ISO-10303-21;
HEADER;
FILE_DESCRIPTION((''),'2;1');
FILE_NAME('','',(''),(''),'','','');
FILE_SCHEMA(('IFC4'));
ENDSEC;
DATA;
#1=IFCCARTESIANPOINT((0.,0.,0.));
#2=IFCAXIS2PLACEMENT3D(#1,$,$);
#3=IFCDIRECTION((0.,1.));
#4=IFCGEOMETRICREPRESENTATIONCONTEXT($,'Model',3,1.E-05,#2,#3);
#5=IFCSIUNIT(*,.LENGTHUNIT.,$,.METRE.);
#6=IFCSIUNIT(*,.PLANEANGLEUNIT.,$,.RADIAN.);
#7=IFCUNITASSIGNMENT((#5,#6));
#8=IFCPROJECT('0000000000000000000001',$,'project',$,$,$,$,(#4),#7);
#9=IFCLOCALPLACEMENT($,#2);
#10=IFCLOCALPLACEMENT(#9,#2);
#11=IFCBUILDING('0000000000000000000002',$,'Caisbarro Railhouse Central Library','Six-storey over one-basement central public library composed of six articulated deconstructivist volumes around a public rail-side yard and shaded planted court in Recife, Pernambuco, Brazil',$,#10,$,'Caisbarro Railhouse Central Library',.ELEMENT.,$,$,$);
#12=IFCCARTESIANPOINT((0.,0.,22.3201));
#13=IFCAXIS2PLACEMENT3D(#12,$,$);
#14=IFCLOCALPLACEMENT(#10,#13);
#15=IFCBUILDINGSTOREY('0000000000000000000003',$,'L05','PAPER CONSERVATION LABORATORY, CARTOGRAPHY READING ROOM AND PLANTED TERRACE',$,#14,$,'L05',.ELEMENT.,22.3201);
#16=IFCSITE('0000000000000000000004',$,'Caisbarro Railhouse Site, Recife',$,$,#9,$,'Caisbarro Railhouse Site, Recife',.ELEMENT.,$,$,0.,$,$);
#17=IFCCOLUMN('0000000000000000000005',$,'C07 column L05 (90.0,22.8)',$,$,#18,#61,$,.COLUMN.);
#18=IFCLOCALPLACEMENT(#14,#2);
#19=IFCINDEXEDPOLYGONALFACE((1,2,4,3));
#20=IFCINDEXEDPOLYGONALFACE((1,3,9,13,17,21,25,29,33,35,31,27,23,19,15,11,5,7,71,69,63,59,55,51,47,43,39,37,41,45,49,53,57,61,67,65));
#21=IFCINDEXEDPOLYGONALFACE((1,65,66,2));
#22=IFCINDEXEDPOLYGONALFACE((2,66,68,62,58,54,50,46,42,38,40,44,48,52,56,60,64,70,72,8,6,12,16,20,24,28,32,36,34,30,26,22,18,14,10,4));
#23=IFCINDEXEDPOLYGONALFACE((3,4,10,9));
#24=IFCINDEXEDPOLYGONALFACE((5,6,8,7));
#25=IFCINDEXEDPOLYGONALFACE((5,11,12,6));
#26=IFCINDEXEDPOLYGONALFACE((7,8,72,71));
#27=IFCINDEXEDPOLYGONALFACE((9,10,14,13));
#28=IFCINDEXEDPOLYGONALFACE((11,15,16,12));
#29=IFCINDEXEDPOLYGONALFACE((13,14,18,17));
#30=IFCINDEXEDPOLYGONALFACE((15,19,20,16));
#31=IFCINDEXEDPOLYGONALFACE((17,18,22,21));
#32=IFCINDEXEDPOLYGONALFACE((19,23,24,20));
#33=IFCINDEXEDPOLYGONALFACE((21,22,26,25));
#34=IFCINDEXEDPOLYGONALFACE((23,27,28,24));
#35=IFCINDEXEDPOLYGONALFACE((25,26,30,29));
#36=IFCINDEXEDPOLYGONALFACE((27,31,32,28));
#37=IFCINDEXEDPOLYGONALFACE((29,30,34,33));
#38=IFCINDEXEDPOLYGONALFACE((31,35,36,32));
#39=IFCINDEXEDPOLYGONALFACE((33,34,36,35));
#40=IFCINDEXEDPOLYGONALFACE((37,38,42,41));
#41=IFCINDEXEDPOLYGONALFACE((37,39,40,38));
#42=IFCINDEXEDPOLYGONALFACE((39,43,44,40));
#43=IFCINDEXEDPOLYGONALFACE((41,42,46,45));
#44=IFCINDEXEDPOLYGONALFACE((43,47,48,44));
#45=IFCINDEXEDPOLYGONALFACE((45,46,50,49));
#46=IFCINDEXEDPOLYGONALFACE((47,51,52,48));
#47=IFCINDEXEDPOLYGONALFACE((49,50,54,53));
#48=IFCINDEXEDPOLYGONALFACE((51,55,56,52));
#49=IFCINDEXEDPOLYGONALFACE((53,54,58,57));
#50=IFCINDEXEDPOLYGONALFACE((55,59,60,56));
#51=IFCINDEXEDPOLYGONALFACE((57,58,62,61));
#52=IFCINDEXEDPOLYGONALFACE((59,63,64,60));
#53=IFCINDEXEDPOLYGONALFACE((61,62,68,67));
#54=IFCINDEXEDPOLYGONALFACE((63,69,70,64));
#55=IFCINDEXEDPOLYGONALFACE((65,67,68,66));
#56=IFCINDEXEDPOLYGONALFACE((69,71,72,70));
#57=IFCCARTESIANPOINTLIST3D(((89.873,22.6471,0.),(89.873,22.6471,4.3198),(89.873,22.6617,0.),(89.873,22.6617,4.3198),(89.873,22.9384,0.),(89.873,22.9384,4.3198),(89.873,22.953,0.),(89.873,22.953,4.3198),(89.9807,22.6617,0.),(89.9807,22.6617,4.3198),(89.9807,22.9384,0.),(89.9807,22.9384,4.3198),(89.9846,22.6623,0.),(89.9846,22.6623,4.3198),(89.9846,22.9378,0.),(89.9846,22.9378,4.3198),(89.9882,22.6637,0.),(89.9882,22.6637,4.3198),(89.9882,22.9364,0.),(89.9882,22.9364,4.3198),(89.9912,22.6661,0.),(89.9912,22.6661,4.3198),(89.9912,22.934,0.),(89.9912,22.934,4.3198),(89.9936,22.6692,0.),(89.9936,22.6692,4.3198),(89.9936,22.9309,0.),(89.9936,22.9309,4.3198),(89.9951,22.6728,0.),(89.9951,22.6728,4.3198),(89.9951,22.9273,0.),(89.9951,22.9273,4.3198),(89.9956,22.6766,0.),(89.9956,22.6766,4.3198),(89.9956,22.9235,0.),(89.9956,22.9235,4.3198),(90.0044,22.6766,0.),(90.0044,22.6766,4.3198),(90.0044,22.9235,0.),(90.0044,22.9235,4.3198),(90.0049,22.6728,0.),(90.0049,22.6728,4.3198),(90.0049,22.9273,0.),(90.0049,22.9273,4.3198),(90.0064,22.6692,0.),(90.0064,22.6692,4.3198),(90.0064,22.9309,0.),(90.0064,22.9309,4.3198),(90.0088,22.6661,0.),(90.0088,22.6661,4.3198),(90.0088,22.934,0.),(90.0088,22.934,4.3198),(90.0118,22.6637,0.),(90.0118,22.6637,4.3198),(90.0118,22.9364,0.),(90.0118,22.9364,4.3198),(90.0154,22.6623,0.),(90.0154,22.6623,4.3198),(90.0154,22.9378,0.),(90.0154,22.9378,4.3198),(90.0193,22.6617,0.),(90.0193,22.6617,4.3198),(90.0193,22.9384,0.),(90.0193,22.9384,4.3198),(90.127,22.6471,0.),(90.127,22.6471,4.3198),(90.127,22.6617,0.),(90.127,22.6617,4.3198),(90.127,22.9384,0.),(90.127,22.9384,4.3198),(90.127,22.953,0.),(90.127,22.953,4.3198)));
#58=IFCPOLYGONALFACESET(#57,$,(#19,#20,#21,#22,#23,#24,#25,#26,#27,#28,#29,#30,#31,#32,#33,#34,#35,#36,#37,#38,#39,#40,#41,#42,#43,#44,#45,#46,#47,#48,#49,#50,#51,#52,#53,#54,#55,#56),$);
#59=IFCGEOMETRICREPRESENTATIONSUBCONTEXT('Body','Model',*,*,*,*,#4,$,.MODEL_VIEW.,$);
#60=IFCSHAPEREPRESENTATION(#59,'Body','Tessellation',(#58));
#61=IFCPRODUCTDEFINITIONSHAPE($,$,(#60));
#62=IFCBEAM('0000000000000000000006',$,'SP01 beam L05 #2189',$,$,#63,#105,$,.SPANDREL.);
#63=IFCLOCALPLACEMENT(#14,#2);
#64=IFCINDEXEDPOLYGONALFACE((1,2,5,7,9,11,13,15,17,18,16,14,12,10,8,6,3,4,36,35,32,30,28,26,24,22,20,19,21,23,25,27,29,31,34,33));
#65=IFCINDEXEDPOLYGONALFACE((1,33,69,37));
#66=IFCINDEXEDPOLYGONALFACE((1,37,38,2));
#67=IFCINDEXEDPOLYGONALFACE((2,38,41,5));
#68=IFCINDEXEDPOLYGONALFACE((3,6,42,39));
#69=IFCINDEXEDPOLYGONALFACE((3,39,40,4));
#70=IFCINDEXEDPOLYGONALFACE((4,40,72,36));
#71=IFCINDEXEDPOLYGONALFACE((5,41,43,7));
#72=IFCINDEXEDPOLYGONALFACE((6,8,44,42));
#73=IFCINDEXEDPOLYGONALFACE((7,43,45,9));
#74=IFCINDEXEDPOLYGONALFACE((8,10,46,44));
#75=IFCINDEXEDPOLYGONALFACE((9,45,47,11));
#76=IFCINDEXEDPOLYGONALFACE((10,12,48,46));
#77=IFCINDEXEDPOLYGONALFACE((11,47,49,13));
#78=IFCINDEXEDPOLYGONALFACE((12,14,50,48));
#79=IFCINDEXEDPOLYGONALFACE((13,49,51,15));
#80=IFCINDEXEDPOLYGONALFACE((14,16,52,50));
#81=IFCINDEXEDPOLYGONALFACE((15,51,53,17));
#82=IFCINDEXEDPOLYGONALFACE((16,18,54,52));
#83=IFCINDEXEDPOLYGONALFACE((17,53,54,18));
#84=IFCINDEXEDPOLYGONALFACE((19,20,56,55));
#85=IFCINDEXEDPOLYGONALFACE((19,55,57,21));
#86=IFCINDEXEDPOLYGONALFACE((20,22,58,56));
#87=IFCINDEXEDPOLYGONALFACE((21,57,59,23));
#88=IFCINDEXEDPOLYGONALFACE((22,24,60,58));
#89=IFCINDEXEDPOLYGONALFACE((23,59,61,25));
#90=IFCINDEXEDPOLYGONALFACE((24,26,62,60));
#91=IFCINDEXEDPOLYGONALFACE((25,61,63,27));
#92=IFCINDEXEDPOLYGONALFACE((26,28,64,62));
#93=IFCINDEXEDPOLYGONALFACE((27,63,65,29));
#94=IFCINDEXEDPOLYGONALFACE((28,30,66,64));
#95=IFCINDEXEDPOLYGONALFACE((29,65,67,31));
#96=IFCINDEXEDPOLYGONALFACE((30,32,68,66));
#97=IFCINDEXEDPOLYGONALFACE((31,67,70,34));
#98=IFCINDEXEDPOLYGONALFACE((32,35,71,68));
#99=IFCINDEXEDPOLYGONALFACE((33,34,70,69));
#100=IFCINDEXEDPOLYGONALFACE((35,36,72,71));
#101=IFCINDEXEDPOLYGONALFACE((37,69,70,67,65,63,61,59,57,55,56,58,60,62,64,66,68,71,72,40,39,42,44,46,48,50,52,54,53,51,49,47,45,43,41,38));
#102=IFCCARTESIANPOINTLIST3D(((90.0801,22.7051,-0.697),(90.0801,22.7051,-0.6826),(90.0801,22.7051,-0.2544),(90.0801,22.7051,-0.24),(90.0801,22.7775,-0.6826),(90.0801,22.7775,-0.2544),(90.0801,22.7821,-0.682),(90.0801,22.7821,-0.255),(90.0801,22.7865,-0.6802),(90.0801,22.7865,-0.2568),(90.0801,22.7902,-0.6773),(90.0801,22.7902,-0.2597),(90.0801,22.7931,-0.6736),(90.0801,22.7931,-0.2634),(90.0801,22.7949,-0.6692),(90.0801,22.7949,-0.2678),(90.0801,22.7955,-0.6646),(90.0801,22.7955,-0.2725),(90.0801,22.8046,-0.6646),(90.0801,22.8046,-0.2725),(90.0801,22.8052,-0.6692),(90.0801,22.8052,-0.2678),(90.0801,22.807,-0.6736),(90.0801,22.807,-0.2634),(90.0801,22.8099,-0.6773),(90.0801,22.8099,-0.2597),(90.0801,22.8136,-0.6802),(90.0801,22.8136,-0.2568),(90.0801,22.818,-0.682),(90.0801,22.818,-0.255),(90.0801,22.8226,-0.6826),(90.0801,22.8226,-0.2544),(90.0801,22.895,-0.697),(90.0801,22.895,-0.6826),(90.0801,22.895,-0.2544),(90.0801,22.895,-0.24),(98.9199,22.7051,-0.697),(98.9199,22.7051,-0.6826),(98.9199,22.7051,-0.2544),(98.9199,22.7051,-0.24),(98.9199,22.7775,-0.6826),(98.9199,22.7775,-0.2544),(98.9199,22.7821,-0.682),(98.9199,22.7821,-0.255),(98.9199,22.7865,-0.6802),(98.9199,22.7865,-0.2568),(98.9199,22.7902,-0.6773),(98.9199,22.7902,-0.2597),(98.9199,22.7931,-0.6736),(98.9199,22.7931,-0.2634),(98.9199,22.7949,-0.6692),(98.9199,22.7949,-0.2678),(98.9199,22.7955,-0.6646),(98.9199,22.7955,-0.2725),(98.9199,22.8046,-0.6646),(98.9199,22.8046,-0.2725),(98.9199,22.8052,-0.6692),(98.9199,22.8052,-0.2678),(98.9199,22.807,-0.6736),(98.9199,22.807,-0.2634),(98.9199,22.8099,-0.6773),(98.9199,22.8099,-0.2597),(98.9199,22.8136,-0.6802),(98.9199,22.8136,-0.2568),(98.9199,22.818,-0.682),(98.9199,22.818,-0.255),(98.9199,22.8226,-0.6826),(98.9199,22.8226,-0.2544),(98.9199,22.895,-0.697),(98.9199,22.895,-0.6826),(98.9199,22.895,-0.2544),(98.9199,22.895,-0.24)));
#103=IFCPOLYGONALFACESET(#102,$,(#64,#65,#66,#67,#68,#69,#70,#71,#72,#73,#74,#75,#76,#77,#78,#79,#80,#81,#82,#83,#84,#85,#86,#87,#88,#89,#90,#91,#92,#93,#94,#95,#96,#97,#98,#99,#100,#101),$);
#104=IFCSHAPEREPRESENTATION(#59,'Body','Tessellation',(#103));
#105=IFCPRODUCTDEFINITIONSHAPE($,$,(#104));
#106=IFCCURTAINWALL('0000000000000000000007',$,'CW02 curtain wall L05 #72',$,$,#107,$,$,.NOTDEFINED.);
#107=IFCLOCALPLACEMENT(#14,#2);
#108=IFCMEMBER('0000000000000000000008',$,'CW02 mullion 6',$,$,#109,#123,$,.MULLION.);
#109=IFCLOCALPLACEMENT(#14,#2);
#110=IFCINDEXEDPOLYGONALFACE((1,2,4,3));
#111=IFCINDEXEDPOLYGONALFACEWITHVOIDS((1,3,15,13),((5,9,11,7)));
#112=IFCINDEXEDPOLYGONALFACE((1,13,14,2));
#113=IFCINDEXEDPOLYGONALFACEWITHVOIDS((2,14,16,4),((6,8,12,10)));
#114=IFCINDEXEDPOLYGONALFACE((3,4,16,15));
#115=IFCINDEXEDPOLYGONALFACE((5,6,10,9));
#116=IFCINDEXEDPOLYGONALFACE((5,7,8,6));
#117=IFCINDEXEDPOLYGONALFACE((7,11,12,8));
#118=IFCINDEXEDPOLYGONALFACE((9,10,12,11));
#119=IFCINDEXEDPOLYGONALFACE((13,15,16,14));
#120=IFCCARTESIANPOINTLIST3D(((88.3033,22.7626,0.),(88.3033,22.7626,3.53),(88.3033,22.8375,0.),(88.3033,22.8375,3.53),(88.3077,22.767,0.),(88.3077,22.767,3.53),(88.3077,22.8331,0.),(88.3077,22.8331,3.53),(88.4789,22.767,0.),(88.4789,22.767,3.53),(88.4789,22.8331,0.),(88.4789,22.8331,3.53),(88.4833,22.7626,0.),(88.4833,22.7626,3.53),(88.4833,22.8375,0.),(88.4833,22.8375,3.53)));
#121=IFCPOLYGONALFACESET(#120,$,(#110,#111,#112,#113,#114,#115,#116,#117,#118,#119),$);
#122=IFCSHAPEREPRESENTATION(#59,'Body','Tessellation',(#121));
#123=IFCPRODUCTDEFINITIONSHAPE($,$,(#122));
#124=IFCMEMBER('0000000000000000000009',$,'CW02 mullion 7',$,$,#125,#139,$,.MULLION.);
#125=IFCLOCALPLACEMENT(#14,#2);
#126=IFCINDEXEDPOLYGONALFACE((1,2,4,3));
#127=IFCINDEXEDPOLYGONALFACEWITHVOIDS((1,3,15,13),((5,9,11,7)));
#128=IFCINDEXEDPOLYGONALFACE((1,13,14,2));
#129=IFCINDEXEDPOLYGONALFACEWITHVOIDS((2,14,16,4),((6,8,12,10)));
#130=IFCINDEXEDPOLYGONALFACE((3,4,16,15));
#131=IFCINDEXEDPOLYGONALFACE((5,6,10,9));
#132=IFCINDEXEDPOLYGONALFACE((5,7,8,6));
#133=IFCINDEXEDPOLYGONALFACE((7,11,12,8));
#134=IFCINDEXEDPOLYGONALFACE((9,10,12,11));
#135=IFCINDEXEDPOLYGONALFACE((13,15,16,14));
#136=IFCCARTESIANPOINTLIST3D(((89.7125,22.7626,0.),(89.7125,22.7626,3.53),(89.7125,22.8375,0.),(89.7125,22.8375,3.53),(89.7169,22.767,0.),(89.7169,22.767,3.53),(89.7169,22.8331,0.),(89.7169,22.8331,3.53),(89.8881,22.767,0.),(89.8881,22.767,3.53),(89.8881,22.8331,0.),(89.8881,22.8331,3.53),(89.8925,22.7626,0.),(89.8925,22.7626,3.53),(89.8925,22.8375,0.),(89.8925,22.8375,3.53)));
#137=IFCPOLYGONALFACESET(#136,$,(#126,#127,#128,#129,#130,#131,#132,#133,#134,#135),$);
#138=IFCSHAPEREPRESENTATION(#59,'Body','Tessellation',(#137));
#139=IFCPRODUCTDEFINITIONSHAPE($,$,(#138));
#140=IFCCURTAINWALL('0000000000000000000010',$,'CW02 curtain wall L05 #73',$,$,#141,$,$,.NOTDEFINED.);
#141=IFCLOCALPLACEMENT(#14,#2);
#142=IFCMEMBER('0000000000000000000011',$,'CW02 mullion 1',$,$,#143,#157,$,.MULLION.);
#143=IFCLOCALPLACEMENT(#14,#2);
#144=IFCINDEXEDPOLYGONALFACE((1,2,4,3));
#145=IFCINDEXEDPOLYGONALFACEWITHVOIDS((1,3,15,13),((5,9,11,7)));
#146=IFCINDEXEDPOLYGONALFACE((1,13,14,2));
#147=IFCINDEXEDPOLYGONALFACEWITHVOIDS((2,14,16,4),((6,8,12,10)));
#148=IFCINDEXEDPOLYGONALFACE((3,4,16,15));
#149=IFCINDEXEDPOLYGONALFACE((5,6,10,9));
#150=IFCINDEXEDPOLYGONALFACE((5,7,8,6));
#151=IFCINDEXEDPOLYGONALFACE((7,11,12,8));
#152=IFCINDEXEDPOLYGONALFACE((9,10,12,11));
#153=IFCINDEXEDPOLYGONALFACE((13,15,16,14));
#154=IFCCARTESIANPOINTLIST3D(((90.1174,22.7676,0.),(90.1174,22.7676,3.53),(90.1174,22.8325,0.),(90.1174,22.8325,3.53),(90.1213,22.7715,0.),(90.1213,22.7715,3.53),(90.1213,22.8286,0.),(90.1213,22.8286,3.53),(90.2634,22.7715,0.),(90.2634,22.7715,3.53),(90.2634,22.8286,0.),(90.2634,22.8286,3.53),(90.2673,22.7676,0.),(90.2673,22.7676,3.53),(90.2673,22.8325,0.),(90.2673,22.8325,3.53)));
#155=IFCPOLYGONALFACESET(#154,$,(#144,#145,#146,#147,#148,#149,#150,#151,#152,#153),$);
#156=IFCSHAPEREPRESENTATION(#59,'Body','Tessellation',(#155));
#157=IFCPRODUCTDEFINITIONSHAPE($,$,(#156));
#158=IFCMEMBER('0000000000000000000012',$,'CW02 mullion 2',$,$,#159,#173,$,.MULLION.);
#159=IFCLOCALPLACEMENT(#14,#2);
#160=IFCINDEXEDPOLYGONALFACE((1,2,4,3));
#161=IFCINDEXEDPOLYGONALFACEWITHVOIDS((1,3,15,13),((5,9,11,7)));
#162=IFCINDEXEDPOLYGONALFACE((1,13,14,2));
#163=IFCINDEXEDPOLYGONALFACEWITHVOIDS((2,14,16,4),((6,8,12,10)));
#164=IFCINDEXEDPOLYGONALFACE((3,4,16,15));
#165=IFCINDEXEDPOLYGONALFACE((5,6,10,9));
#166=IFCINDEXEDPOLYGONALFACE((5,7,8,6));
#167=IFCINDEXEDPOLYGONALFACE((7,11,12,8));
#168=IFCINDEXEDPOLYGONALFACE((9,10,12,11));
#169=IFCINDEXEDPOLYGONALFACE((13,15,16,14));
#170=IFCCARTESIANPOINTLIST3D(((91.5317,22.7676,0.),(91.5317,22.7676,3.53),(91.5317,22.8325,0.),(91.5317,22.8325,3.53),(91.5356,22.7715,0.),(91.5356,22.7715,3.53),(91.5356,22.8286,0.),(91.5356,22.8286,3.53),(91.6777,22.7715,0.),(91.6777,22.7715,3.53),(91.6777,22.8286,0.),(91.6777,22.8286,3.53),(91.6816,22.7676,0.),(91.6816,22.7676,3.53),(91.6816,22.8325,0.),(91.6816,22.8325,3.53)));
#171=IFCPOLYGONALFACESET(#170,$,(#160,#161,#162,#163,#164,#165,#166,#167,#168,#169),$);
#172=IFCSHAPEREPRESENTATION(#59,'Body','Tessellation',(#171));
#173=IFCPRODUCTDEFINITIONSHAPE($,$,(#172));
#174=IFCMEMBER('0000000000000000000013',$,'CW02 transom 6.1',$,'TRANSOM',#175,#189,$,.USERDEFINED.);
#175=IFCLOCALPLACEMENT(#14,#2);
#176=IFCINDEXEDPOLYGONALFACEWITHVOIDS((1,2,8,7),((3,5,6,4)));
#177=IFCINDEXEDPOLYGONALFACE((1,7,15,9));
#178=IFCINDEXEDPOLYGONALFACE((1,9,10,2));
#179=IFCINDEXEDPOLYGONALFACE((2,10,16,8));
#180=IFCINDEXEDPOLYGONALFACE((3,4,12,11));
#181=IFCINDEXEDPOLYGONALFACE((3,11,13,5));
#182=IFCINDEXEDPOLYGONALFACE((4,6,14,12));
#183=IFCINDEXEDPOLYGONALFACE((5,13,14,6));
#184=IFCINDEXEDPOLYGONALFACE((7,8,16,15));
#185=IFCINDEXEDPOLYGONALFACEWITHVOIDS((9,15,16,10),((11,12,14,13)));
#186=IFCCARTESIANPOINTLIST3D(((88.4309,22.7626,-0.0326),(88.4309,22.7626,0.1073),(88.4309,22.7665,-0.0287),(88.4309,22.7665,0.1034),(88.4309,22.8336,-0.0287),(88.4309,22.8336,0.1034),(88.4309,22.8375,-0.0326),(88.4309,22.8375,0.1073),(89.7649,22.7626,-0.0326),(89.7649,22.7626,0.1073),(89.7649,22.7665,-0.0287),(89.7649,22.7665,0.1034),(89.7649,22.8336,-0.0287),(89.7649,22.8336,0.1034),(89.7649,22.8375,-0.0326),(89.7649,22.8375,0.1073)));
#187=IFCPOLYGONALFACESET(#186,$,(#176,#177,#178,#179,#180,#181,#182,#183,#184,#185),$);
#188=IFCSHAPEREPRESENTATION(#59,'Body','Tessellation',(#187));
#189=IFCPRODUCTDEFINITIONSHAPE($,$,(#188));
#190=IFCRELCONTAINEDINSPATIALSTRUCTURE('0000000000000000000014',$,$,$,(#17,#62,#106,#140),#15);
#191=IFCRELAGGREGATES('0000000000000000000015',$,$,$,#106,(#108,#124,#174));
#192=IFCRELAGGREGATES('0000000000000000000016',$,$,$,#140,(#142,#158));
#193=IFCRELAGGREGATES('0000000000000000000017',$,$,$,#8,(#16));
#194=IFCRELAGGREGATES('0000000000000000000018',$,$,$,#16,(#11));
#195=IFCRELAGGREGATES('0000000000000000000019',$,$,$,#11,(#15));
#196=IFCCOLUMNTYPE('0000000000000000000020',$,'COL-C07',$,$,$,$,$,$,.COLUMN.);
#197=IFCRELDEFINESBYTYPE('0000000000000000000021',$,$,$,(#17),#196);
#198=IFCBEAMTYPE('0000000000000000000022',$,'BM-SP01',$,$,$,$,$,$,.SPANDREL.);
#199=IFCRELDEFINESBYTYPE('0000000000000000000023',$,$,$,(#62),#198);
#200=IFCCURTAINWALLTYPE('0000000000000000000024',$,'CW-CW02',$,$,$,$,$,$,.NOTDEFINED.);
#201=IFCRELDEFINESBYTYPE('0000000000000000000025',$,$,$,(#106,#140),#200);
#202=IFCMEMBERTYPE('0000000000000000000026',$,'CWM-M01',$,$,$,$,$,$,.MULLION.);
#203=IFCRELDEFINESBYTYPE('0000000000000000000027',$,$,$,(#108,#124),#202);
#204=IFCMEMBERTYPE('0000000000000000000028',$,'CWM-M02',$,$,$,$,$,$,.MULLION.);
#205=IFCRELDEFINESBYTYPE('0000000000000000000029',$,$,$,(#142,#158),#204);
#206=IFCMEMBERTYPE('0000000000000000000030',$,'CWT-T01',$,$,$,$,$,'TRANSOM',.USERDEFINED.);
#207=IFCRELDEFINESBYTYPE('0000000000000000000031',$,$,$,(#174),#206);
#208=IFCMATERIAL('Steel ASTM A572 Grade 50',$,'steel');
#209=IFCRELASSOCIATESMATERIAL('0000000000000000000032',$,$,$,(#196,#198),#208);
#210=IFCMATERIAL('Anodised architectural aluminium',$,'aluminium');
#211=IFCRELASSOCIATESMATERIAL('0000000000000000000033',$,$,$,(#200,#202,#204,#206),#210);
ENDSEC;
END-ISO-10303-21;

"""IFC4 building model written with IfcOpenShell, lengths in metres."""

from ifc_helpers import new_model, si_unit, direction, frame, origin, origin_2d, place, context, subcontext, project, spatial, hollow_rectangle, i_section, extrude, material, material_profile, profile_set, type_object, element, aggregate, save


model = new_model("IFC4")

# Units and contexts
model_context = context("Model", 3, precision=1e-05, world=origin(), true_north=direction((0.0, 1.0)))
body_context = subcontext(model_context, "Body", "Model", "MODEL_VIEW")
ifc_project = project(units=[si_unit("LENGTHUNIT", "METRE"), si_unit("PLANEANGLEUNIT", "RADIAN")], contexts=[model_context])

# Site, building, storey
site_placement = place(None, origin())
site = spatial("IfcSite", under=ifc_project, at=site_placement, Name="Caisbarro Railhouse Site, Recife", LongName="Caisbarro Railhouse Site, Recife", CompositionType="ELEMENT", RefElevation=0.0)
building_placement = place(site_placement, origin())
building = spatial("IfcBuilding", under=site, at=building_placement, Name="Caisbarro Railhouse Central Library", Description="Six-storey over one-basement central public library composed of six articulated deconstructivist volumes around a public rail-side yard and shaded planted court in Recife, Pernambuco, Brazil", LongName="Caisbarro Railhouse Central Library", CompositionType="ELEMENT")
storey_placement = place(building_placement, frame((0.0, 0.0, 22.3201)))
storey = spatial("IfcBuildingStorey", under=building, at=storey_placement, Name="L05", Description="PAPER CONSERVATION LABORATORY, CARTOGRAPHY READING ROOM AND PLANTED TERRACE", LongName="L05", CompositionType="ELEMENT", Elevation=22.3201)

# Column
ifc_material_1 = material(Name="Steel ASTM A572 Grade 50", Category="steel")
ifc_material_profile_1 = material_profile(ifc_material_1, i_section(OverallWidth=0.2539, OverallDepth=0.3059, WebThickness=0.0088, FlangeThickness=0.0146, FilletRadius=0.0149, at=origin_2d()), Name="W310X79.0")
ifc_profile_set_1 = profile_set([ifc_material_profile_1], Name="Steel ASTM A572 Grade 50")
column_type = type_object("IfcColumnType", Name="COL-C07", PredefinedType="COLUMN", material=ifc_profile_set_1)
column_placement = place(storey_placement, frame((90.0, 22.8, 0.0), z_axis=(0.0, 0.0, 1.0), x_axis=(1.0, 0.0, 0.0)))
element("IfcColumn", 1, at=column_placement, inside=storey, type_object=column_type, Name="C07 column L05 (90.0,22.8)", PredefinedType="COLUMN", context=body_context, shape_type="SweptSolid", body=[
    extrude(i_section(OverallWidth=0.2539, OverallDepth=0.3059, WebThickness=0.0088, FlangeThickness=0.0146, FilletRadius=0.0149, at=origin_2d()), origin(), (0.0, 0.0, 1.0), 4.3198),
])

# Beam
ifc_material_profile_2 = material_profile(ifc_material_1, i_section(OverallWidth=0.1899, OverallDepth=0.457, WebThickness=0.009, FlangeThickness=0.0144, FilletRadius=0.0181, at=origin_2d()), Name="W460X74.0")
ifc_profile_set_2 = profile_set([ifc_material_profile_2], Name="Steel ASTM A572 Grade 50")
beam_type = type_object("IfcBeamType", Name="BM-SP01", PredefinedType="SPANDREL", material=ifc_profile_set_2)
beam_placement = place(storey_placement, frame((90.0801, 22.8, -0.4685), z_axis=(1.0, 0.0, 0.0), x_axis=(0.0, 1.0, 0.0)))
element("IfcBeam", 2, at=beam_placement, inside=storey, type_object=beam_type, Name="SP01 beam L05 #2189", PredefinedType="SPANDREL", context=body_context, shape_type="SweptSolid", body=[
    extrude(i_section(OverallWidth=0.1899, OverallDepth=0.457, WebThickness=0.009, FlangeThickness=0.0144, FilletRadius=0.0181, at=origin_2d()), origin(), (0.0, 0.0, 1.0), 8.8398),
])

# Curtain walls, members
ifc_material_2 = material(Name="Anodised architectural aluminium", Category="aluminium")
curtain_wall_type = type_object("IfcCurtainWallType", Name="CW-CW02", PredefinedType="NOTDEFINED", material=ifc_material_2)
curtain_wall_1_placement = place(storey_placement, origin())
curtain_wall_1 = element("IfcCurtainWall", 3, at=curtain_wall_1_placement, inside=storey, type_object=curtain_wall_type, Name="CW02 curtain wall L05 #72", PredefinedType="NOTDEFINED")
ifc_material_profile_3 = material_profile(ifc_material_2, hollow_rectangle(XDim=0.075, YDim=0.1799, WallThickness=0.0044, at=origin_2d()), Name="ALU-MUL-75X180")
ifc_profile_set_3 = profile_set([ifc_material_profile_3], Name="Anodised architectural aluminium")
member_type_1 = type_object("IfcMemberType", Name="CWM-M01", PredefinedType="MULLION", material=ifc_profile_set_3)
member_1_placement = place(storey_placement, frame((88.3933, 22.8, 0.0), z_axis=(0.0, 0.0, 1.0), x_axis=(0.0, 1.0, 0.0)))
member_1 = element("IfcMember", 4, at=member_1_placement, type_object=member_type_1, Name="CW02 mullion 6", PredefinedType="MULLION", context=body_context, shape_type="SweptSolid", body=[
    extrude(hollow_rectangle(XDim=0.075, YDim=0.1799, WallThickness=0.0044, at=origin_2d()), origin(), (0.0, 0.0, 1.0), 3.53),
])
member_2_placement = place(storey_placement, frame((89.8025, 22.8, 0.0), z_axis=(0.0, 0.0, 1.0), x_axis=(0.0, 1.0, 0.0)))
member_2 = element("IfcMember", 5, at=member_2_placement, type_object=member_type_1, Name="CW02 mullion 7", PredefinedType="MULLION", context=body_context, shape_type="SweptSolid", body=[
    extrude(hollow_rectangle(XDim=0.075, YDim=0.1799, WallThickness=0.0044, at=origin_2d()), origin(), (0.0, 0.0, 1.0), 3.53),
])
curtain_wall_2_placement = place(storey_placement, origin())
curtain_wall_2 = element("IfcCurtainWall", 6, at=curtain_wall_2_placement, inside=storey, type_object=curtain_wall_type, Name="CW02 curtain wall L05 #73", PredefinedType="NOTDEFINED")
ifc_material_profile_4 = material_profile(ifc_material_2, hollow_rectangle(XDim=0.0649, YDim=0.1499, WallThickness=0.0039, at=origin_2d()), Name="ALU-MUL-65X150")
ifc_profile_set_4 = profile_set([ifc_material_profile_4], Name="Anodised architectural aluminium")
member_type_2 = type_object("IfcMemberType", Name="CWM-M02", PredefinedType="MULLION", material=ifc_profile_set_4)
member_3_placement = place(storey_placement, frame((90.1924, 22.8, 0.0), z_axis=(0.0, 0.0, 1.0), x_axis=(0.0, 1.0, 0.0)))
member_3 = element("IfcMember", 7, at=member_3_placement, type_object=member_type_2, Name="CW02 mullion 1", PredefinedType="MULLION", context=body_context, shape_type="SweptSolid", body=[
    extrude(hollow_rectangle(XDim=0.0649, YDim=0.1499, WallThickness=0.0039, at=origin_2d()), origin(), (0.0, 0.0, 1.0), 3.53),
])
member_4_placement = place(storey_placement, frame((91.6067, 22.8, 0.0), z_axis=(0.0, 0.0, 1.0), x_axis=(0.0, 1.0, 0.0)))
member_4 = element("IfcMember", 8, at=member_4_placement, type_object=member_type_2, Name="CW02 mullion 2", PredefinedType="MULLION", context=body_context, shape_type="SweptSolid", body=[
    extrude(hollow_rectangle(XDim=0.0649, YDim=0.1499, WallThickness=0.0039, at=origin_2d()), origin(), (0.0, 0.0, 1.0), 3.53),
])

# Member
ifc_material_profile_5 = material_profile(ifc_material_2, hollow_rectangle(XDim=0.075, YDim=0.1399, WallThickness=0.0039, at=origin_2d()), Name="ALU-TRN-75X140")
ifc_profile_set_5 = profile_set([ifc_material_profile_5], Name="Anodised architectural aluminium")
member_type_3 = type_object("IfcMemberType", Name="CWT-T01", ElementType="TRANSOM", PredefinedType="USERDEFINED", material=ifc_profile_set_5)
member_5_placement = place(storey_placement, frame((88.4309, 22.8, 0.0374), z_axis=(1.0, 0.0, 0.0), x_axis=(0.0, 1.0, 0.0)))
member_5 = element("IfcMember", 9, at=member_5_placement, type_object=member_type_3, Name="CW02 transom 6.1", ObjectType="TRANSOM", PredefinedType="USERDEFINED", context=body_context, shape_type="SweptSolid", body=[
    extrude(hollow_rectangle(XDim=0.075, YDim=0.1399, WallThickness=0.0039, at=origin_2d()), origin(), (0.0, 0.0, 1.0), 1.334),
])

aggregate(curtain_wall_1, [member_1, member_2, member_5])
aggregate(curtain_wall_2, [member_3, member_4])

save(model, "model.ifc")
